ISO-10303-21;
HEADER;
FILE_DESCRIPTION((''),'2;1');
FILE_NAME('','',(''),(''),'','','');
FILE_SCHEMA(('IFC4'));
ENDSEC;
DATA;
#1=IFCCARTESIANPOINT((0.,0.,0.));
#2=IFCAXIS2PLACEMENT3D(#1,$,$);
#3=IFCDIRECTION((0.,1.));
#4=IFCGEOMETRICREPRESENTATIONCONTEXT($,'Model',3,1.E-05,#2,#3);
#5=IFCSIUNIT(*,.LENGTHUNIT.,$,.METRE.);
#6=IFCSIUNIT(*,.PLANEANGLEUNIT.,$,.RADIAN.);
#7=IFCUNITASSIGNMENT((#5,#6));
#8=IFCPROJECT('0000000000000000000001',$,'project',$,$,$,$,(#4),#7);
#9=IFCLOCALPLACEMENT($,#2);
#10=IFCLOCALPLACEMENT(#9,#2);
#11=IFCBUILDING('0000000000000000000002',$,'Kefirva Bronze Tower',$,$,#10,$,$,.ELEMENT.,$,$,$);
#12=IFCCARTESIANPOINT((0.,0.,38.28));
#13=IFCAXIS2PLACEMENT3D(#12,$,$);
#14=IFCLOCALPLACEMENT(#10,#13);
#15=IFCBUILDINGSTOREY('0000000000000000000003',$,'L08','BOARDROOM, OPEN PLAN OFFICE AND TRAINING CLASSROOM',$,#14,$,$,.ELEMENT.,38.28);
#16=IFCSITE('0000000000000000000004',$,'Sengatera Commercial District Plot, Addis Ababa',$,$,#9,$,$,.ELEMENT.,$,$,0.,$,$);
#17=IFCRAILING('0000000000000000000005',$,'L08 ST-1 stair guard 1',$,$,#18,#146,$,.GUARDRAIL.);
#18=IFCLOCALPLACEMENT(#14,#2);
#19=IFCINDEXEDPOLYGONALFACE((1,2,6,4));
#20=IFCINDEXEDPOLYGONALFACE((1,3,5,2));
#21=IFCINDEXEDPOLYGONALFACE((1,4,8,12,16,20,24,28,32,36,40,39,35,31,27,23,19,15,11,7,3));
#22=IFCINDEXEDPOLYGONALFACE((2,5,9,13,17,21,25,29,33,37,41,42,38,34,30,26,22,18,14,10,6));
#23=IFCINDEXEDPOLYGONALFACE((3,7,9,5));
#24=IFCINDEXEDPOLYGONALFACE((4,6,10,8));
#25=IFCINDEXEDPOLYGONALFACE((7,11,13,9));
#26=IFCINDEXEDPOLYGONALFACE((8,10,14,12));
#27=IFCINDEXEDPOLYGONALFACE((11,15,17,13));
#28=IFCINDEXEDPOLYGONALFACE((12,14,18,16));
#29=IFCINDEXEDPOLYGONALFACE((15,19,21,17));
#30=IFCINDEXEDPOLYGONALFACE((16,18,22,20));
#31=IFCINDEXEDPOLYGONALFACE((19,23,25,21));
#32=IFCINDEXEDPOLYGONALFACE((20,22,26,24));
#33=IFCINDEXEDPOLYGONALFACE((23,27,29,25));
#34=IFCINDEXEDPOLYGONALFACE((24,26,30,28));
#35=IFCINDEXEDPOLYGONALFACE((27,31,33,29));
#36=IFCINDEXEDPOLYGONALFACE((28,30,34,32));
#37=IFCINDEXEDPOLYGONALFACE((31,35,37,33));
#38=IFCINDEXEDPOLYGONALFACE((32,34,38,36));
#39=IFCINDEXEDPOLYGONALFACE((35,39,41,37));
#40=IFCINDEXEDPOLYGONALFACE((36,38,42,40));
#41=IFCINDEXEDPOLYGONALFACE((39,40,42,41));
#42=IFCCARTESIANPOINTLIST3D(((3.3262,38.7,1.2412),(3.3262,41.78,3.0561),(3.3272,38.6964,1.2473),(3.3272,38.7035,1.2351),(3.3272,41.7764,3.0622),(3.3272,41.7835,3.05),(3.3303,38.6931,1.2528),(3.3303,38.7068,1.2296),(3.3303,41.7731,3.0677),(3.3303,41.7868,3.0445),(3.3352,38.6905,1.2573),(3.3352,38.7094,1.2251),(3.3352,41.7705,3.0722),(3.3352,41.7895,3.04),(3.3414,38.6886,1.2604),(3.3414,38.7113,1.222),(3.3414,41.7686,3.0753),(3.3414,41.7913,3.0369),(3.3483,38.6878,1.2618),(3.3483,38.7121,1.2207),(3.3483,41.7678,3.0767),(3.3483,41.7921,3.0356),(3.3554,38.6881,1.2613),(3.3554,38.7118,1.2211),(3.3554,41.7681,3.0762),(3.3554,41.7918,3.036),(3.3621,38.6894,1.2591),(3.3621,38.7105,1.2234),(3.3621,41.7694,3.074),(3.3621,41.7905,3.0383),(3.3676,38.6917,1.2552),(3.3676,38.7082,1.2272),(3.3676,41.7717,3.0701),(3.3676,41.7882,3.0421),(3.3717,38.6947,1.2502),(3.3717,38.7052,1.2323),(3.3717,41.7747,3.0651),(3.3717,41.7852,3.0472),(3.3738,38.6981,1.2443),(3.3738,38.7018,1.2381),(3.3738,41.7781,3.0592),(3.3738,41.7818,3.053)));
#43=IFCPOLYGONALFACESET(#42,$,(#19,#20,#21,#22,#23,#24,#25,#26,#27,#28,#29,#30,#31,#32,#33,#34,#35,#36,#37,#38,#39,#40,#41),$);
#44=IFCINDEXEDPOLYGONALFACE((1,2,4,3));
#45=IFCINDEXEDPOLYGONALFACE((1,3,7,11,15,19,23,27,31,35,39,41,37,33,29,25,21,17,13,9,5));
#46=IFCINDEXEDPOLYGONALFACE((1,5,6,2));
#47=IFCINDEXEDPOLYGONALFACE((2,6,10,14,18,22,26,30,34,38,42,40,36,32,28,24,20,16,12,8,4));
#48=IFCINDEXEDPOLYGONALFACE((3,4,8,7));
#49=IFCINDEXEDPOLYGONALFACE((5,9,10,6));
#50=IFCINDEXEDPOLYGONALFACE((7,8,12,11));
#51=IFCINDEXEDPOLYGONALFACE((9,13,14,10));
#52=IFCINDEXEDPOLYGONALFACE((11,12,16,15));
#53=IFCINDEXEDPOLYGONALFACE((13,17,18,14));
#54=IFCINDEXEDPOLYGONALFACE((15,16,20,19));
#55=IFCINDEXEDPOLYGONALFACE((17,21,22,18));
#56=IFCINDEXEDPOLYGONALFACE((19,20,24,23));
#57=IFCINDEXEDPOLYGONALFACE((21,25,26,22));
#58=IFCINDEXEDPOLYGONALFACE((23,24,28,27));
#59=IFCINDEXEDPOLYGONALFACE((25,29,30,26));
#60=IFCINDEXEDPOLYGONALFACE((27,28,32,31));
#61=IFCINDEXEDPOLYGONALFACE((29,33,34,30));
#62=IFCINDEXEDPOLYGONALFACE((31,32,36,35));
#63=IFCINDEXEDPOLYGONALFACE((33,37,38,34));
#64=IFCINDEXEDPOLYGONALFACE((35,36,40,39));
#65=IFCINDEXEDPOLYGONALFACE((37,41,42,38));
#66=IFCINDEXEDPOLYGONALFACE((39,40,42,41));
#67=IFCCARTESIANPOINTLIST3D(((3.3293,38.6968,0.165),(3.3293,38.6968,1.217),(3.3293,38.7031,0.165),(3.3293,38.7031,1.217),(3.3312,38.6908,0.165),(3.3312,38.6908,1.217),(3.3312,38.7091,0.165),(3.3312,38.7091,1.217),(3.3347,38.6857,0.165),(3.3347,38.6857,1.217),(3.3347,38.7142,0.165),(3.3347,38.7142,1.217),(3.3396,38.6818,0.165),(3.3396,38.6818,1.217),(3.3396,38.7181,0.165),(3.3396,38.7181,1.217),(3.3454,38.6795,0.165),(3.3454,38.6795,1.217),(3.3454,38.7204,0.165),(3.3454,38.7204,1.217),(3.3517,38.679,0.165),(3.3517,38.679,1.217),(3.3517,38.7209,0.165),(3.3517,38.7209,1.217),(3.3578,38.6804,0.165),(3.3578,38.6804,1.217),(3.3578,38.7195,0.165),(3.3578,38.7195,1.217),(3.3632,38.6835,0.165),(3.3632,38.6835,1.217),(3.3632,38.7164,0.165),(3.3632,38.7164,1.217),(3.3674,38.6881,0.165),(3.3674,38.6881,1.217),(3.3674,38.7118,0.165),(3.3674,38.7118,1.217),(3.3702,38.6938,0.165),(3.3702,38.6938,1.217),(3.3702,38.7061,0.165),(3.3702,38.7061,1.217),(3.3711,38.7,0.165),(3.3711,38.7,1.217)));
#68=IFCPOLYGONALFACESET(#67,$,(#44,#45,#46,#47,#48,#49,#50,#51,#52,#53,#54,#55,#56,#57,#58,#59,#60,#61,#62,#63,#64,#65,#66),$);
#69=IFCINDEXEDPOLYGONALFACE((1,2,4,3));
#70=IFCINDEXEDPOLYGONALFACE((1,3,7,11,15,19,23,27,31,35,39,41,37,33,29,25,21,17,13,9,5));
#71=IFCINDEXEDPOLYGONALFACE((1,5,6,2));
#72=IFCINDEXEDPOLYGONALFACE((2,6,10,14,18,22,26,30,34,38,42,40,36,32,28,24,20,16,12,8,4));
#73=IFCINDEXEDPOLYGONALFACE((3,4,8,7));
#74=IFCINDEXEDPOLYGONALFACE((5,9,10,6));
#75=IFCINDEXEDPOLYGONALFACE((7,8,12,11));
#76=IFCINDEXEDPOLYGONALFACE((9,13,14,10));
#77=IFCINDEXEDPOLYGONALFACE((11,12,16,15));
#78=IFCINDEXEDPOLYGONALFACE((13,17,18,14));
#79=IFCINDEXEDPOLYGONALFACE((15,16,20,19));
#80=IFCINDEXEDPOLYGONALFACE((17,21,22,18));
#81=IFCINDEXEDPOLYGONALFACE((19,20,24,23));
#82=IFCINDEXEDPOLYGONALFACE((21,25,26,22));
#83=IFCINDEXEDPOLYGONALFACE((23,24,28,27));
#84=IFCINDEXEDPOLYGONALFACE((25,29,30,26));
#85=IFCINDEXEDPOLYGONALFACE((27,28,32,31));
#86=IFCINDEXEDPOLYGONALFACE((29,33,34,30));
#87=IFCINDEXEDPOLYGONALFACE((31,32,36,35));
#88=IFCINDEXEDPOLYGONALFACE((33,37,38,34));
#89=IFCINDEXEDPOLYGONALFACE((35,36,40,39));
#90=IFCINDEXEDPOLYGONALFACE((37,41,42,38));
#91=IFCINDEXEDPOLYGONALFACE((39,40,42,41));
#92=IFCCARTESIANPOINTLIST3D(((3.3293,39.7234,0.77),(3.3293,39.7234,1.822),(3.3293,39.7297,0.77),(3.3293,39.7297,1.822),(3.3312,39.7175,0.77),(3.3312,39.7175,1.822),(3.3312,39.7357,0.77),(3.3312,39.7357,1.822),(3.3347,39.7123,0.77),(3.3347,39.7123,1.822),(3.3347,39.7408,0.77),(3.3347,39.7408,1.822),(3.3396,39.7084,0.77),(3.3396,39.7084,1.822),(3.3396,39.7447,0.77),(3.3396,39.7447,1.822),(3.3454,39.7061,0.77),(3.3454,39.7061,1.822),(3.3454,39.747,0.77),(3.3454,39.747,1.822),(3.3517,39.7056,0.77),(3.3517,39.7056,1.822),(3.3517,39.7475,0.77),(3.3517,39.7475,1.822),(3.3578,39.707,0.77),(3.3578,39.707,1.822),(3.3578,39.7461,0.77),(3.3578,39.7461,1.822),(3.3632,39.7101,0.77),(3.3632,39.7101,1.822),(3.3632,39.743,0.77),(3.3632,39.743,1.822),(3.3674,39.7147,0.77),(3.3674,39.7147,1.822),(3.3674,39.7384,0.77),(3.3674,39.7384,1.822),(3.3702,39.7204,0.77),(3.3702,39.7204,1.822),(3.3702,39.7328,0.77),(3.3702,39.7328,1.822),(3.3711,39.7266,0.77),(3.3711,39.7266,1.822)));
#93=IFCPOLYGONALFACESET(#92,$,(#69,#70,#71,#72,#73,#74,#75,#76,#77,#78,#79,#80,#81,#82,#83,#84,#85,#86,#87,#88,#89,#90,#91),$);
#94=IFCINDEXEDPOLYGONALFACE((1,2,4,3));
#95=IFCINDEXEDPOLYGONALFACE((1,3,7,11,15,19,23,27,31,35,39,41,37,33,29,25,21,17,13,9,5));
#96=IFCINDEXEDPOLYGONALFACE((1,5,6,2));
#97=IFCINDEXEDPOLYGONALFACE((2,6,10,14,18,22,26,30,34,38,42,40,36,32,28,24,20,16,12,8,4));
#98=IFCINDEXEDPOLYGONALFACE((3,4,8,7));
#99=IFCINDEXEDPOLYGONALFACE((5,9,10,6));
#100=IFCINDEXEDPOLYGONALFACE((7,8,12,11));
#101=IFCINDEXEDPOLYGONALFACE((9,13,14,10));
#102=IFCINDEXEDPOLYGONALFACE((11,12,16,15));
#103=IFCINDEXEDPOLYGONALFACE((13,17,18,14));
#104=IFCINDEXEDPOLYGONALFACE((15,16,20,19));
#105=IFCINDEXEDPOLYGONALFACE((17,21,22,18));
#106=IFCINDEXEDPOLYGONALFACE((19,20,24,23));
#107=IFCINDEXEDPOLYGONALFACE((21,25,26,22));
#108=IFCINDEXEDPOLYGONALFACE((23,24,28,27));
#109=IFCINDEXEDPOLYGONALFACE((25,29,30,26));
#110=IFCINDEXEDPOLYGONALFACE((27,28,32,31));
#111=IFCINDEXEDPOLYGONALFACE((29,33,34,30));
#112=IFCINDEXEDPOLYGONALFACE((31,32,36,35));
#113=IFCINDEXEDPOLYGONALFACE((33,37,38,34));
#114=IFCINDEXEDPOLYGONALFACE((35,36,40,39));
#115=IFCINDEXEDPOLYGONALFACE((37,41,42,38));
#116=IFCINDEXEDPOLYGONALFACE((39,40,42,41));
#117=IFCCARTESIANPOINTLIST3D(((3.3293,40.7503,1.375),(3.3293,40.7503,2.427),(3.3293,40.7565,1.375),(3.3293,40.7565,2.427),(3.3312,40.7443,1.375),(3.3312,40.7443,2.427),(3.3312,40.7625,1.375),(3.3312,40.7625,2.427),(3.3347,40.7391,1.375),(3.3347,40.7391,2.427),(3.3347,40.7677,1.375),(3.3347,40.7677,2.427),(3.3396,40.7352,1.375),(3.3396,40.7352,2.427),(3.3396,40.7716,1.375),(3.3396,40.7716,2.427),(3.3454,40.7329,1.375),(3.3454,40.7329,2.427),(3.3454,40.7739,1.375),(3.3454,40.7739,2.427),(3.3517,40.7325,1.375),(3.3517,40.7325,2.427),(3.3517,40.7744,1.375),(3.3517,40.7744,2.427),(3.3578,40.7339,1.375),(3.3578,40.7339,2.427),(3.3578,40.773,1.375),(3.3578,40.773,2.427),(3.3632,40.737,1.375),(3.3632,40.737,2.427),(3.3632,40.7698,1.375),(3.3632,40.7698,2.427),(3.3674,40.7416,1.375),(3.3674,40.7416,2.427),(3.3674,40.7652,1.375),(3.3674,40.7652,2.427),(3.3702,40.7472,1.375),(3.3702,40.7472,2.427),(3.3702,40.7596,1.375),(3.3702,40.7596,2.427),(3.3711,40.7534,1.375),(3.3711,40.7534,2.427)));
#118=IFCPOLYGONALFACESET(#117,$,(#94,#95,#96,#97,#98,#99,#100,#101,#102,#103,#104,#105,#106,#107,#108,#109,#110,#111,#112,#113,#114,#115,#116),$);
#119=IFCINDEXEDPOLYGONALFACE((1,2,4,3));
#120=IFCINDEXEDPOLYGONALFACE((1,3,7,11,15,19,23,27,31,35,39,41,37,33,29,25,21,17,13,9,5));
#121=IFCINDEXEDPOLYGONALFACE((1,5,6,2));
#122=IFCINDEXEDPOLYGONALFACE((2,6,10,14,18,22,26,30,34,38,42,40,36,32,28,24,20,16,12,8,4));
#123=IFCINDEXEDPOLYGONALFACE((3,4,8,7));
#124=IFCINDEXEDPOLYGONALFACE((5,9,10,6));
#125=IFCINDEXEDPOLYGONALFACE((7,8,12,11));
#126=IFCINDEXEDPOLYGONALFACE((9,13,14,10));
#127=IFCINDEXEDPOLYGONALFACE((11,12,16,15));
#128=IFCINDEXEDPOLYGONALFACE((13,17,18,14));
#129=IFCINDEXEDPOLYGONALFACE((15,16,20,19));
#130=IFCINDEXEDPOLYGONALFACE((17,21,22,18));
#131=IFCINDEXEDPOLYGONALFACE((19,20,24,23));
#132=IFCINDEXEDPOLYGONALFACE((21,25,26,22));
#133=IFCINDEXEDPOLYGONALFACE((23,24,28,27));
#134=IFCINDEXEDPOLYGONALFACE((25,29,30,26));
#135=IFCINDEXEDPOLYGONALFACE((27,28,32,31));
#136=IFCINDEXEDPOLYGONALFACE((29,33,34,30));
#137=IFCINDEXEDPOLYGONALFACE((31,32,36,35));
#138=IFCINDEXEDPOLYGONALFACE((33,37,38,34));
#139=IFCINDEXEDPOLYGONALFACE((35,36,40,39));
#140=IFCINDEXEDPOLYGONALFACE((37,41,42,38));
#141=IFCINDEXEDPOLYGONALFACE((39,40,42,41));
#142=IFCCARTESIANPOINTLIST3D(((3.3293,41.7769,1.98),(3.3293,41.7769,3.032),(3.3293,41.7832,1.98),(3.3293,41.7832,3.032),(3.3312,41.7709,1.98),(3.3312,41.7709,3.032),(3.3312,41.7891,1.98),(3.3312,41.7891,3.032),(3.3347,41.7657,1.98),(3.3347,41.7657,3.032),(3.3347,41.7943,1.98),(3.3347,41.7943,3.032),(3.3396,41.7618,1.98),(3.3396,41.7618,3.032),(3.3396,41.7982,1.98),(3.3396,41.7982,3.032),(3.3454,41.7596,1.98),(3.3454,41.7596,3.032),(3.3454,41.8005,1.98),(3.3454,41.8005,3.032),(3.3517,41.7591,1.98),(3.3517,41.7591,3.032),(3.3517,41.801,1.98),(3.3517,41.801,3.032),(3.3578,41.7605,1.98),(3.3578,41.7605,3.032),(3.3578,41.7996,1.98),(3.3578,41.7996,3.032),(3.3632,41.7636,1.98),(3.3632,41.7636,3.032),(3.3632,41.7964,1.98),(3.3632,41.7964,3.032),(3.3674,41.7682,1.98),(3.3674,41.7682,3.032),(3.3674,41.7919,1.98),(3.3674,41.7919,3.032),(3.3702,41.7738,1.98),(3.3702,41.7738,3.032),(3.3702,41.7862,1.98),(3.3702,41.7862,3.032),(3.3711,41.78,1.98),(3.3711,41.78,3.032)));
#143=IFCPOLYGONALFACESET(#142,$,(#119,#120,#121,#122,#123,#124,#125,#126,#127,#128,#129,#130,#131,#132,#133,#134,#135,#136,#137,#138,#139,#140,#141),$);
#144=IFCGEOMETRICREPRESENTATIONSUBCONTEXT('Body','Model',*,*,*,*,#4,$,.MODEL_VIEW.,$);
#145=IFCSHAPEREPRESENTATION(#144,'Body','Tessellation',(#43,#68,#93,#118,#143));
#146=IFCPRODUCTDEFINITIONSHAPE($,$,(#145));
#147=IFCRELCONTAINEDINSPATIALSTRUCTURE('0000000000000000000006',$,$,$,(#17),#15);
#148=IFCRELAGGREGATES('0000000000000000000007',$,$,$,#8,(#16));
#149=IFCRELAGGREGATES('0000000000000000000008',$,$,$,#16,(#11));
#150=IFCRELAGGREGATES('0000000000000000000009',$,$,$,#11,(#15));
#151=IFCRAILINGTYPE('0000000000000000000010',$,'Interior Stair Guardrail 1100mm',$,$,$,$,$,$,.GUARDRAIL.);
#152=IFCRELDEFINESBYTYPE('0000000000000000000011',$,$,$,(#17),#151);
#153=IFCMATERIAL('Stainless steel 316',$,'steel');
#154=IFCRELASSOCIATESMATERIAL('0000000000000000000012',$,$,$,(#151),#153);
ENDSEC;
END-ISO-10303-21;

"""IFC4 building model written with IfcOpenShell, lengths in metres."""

from ifc_helpers import new_model, si_unit, direction, frame, origin, origin_2d, place, context, subcontext, project, spatial, circle, extrude, material, type_object, element, save


model = new_model("IFC4")

# Units and contexts
model_context = context("Model", 3, precision=1e-05, world=origin(), true_north=direction((0.0, 1.0)))
body_context = subcontext(model_context, "Body", "Model", "MODEL_VIEW")
ifc_project = project(units=[si_unit("LENGTHUNIT", "METRE"), si_unit("PLANEANGLEUNIT", "RADIAN")], contexts=[model_context])

# Site, building, storey
site_placement = place(None, origin())
site = spatial("IfcSite", under=ifc_project, at=site_placement, Name="Sengatera Commercial District Plot, Addis Ababa", CompositionType="ELEMENT", RefElevation=0.0)
building_placement = place(site_placement, origin())
building = spatial("IfcBuilding", under=site, at=building_placement, Name="Kefirva Bronze Tower", CompositionType="ELEMENT")
storey_placement = place(building_placement, frame((0.0, 0.0, 38.28)))
storey = spatial("IfcBuildingStorey", under=building, at=storey_placement, Name="L08", Description="BOARDROOM, OPEN PLAN OFFICE AND TRAINING CLASSROOM", CompositionType="ELEMENT", Elevation=38.28)

# Railing
ifc_material_1 = material(Name="Stainless steel 316", Category="steel")
railing_type_1 = type_object("IfcRailingType", Name="Interior Stair Guardrail 1100mm", PredefinedType="GUARDRAIL", material=ifc_material_1)
railing_1_placement = place(storey_placement, frame((3.3501, 38.7, 0.165)))
element("IfcRailing", 1, at=railing_1_placement, inside=storey, type_object=railing_type_1, Name="L08 ST-1 stair guard 1", PredefinedType="GUARDRAIL", context=body_context, shape_type="SweptSolid", body=[
    extrude(circle(Radius=0.0239, at=origin_2d()), frame((0.0, 0.0, 1.0762), z_axis=(0.0, 0.861551, 0.507671), x_axis=(-1.0, 0.0, 0.0)), (0.0, 0.0, 1.0), 3.575),
    extrude(circle(Radius=0.021, at=origin_2d()), origin(), (0.0, 0.0, 1.0), 1.052),
    extrude(circle(Radius=0.021, at=origin_2d()), frame((0.0, 1.0266, 0.605)), (0.0, 0.0, 1.0), 1.052),
    extrude(circle(Radius=0.021, at=origin_2d()), frame((0.0, 2.0535, 1.21)), (0.0, 0.0, 1.0), 1.052),
    extrude(circle(Radius=0.021, at=origin_2d()), frame((0.0, 3.0801, 1.8149)), (0.0, 0.0, 1.0), 1.052),
])

save(model, "model.ifc")
